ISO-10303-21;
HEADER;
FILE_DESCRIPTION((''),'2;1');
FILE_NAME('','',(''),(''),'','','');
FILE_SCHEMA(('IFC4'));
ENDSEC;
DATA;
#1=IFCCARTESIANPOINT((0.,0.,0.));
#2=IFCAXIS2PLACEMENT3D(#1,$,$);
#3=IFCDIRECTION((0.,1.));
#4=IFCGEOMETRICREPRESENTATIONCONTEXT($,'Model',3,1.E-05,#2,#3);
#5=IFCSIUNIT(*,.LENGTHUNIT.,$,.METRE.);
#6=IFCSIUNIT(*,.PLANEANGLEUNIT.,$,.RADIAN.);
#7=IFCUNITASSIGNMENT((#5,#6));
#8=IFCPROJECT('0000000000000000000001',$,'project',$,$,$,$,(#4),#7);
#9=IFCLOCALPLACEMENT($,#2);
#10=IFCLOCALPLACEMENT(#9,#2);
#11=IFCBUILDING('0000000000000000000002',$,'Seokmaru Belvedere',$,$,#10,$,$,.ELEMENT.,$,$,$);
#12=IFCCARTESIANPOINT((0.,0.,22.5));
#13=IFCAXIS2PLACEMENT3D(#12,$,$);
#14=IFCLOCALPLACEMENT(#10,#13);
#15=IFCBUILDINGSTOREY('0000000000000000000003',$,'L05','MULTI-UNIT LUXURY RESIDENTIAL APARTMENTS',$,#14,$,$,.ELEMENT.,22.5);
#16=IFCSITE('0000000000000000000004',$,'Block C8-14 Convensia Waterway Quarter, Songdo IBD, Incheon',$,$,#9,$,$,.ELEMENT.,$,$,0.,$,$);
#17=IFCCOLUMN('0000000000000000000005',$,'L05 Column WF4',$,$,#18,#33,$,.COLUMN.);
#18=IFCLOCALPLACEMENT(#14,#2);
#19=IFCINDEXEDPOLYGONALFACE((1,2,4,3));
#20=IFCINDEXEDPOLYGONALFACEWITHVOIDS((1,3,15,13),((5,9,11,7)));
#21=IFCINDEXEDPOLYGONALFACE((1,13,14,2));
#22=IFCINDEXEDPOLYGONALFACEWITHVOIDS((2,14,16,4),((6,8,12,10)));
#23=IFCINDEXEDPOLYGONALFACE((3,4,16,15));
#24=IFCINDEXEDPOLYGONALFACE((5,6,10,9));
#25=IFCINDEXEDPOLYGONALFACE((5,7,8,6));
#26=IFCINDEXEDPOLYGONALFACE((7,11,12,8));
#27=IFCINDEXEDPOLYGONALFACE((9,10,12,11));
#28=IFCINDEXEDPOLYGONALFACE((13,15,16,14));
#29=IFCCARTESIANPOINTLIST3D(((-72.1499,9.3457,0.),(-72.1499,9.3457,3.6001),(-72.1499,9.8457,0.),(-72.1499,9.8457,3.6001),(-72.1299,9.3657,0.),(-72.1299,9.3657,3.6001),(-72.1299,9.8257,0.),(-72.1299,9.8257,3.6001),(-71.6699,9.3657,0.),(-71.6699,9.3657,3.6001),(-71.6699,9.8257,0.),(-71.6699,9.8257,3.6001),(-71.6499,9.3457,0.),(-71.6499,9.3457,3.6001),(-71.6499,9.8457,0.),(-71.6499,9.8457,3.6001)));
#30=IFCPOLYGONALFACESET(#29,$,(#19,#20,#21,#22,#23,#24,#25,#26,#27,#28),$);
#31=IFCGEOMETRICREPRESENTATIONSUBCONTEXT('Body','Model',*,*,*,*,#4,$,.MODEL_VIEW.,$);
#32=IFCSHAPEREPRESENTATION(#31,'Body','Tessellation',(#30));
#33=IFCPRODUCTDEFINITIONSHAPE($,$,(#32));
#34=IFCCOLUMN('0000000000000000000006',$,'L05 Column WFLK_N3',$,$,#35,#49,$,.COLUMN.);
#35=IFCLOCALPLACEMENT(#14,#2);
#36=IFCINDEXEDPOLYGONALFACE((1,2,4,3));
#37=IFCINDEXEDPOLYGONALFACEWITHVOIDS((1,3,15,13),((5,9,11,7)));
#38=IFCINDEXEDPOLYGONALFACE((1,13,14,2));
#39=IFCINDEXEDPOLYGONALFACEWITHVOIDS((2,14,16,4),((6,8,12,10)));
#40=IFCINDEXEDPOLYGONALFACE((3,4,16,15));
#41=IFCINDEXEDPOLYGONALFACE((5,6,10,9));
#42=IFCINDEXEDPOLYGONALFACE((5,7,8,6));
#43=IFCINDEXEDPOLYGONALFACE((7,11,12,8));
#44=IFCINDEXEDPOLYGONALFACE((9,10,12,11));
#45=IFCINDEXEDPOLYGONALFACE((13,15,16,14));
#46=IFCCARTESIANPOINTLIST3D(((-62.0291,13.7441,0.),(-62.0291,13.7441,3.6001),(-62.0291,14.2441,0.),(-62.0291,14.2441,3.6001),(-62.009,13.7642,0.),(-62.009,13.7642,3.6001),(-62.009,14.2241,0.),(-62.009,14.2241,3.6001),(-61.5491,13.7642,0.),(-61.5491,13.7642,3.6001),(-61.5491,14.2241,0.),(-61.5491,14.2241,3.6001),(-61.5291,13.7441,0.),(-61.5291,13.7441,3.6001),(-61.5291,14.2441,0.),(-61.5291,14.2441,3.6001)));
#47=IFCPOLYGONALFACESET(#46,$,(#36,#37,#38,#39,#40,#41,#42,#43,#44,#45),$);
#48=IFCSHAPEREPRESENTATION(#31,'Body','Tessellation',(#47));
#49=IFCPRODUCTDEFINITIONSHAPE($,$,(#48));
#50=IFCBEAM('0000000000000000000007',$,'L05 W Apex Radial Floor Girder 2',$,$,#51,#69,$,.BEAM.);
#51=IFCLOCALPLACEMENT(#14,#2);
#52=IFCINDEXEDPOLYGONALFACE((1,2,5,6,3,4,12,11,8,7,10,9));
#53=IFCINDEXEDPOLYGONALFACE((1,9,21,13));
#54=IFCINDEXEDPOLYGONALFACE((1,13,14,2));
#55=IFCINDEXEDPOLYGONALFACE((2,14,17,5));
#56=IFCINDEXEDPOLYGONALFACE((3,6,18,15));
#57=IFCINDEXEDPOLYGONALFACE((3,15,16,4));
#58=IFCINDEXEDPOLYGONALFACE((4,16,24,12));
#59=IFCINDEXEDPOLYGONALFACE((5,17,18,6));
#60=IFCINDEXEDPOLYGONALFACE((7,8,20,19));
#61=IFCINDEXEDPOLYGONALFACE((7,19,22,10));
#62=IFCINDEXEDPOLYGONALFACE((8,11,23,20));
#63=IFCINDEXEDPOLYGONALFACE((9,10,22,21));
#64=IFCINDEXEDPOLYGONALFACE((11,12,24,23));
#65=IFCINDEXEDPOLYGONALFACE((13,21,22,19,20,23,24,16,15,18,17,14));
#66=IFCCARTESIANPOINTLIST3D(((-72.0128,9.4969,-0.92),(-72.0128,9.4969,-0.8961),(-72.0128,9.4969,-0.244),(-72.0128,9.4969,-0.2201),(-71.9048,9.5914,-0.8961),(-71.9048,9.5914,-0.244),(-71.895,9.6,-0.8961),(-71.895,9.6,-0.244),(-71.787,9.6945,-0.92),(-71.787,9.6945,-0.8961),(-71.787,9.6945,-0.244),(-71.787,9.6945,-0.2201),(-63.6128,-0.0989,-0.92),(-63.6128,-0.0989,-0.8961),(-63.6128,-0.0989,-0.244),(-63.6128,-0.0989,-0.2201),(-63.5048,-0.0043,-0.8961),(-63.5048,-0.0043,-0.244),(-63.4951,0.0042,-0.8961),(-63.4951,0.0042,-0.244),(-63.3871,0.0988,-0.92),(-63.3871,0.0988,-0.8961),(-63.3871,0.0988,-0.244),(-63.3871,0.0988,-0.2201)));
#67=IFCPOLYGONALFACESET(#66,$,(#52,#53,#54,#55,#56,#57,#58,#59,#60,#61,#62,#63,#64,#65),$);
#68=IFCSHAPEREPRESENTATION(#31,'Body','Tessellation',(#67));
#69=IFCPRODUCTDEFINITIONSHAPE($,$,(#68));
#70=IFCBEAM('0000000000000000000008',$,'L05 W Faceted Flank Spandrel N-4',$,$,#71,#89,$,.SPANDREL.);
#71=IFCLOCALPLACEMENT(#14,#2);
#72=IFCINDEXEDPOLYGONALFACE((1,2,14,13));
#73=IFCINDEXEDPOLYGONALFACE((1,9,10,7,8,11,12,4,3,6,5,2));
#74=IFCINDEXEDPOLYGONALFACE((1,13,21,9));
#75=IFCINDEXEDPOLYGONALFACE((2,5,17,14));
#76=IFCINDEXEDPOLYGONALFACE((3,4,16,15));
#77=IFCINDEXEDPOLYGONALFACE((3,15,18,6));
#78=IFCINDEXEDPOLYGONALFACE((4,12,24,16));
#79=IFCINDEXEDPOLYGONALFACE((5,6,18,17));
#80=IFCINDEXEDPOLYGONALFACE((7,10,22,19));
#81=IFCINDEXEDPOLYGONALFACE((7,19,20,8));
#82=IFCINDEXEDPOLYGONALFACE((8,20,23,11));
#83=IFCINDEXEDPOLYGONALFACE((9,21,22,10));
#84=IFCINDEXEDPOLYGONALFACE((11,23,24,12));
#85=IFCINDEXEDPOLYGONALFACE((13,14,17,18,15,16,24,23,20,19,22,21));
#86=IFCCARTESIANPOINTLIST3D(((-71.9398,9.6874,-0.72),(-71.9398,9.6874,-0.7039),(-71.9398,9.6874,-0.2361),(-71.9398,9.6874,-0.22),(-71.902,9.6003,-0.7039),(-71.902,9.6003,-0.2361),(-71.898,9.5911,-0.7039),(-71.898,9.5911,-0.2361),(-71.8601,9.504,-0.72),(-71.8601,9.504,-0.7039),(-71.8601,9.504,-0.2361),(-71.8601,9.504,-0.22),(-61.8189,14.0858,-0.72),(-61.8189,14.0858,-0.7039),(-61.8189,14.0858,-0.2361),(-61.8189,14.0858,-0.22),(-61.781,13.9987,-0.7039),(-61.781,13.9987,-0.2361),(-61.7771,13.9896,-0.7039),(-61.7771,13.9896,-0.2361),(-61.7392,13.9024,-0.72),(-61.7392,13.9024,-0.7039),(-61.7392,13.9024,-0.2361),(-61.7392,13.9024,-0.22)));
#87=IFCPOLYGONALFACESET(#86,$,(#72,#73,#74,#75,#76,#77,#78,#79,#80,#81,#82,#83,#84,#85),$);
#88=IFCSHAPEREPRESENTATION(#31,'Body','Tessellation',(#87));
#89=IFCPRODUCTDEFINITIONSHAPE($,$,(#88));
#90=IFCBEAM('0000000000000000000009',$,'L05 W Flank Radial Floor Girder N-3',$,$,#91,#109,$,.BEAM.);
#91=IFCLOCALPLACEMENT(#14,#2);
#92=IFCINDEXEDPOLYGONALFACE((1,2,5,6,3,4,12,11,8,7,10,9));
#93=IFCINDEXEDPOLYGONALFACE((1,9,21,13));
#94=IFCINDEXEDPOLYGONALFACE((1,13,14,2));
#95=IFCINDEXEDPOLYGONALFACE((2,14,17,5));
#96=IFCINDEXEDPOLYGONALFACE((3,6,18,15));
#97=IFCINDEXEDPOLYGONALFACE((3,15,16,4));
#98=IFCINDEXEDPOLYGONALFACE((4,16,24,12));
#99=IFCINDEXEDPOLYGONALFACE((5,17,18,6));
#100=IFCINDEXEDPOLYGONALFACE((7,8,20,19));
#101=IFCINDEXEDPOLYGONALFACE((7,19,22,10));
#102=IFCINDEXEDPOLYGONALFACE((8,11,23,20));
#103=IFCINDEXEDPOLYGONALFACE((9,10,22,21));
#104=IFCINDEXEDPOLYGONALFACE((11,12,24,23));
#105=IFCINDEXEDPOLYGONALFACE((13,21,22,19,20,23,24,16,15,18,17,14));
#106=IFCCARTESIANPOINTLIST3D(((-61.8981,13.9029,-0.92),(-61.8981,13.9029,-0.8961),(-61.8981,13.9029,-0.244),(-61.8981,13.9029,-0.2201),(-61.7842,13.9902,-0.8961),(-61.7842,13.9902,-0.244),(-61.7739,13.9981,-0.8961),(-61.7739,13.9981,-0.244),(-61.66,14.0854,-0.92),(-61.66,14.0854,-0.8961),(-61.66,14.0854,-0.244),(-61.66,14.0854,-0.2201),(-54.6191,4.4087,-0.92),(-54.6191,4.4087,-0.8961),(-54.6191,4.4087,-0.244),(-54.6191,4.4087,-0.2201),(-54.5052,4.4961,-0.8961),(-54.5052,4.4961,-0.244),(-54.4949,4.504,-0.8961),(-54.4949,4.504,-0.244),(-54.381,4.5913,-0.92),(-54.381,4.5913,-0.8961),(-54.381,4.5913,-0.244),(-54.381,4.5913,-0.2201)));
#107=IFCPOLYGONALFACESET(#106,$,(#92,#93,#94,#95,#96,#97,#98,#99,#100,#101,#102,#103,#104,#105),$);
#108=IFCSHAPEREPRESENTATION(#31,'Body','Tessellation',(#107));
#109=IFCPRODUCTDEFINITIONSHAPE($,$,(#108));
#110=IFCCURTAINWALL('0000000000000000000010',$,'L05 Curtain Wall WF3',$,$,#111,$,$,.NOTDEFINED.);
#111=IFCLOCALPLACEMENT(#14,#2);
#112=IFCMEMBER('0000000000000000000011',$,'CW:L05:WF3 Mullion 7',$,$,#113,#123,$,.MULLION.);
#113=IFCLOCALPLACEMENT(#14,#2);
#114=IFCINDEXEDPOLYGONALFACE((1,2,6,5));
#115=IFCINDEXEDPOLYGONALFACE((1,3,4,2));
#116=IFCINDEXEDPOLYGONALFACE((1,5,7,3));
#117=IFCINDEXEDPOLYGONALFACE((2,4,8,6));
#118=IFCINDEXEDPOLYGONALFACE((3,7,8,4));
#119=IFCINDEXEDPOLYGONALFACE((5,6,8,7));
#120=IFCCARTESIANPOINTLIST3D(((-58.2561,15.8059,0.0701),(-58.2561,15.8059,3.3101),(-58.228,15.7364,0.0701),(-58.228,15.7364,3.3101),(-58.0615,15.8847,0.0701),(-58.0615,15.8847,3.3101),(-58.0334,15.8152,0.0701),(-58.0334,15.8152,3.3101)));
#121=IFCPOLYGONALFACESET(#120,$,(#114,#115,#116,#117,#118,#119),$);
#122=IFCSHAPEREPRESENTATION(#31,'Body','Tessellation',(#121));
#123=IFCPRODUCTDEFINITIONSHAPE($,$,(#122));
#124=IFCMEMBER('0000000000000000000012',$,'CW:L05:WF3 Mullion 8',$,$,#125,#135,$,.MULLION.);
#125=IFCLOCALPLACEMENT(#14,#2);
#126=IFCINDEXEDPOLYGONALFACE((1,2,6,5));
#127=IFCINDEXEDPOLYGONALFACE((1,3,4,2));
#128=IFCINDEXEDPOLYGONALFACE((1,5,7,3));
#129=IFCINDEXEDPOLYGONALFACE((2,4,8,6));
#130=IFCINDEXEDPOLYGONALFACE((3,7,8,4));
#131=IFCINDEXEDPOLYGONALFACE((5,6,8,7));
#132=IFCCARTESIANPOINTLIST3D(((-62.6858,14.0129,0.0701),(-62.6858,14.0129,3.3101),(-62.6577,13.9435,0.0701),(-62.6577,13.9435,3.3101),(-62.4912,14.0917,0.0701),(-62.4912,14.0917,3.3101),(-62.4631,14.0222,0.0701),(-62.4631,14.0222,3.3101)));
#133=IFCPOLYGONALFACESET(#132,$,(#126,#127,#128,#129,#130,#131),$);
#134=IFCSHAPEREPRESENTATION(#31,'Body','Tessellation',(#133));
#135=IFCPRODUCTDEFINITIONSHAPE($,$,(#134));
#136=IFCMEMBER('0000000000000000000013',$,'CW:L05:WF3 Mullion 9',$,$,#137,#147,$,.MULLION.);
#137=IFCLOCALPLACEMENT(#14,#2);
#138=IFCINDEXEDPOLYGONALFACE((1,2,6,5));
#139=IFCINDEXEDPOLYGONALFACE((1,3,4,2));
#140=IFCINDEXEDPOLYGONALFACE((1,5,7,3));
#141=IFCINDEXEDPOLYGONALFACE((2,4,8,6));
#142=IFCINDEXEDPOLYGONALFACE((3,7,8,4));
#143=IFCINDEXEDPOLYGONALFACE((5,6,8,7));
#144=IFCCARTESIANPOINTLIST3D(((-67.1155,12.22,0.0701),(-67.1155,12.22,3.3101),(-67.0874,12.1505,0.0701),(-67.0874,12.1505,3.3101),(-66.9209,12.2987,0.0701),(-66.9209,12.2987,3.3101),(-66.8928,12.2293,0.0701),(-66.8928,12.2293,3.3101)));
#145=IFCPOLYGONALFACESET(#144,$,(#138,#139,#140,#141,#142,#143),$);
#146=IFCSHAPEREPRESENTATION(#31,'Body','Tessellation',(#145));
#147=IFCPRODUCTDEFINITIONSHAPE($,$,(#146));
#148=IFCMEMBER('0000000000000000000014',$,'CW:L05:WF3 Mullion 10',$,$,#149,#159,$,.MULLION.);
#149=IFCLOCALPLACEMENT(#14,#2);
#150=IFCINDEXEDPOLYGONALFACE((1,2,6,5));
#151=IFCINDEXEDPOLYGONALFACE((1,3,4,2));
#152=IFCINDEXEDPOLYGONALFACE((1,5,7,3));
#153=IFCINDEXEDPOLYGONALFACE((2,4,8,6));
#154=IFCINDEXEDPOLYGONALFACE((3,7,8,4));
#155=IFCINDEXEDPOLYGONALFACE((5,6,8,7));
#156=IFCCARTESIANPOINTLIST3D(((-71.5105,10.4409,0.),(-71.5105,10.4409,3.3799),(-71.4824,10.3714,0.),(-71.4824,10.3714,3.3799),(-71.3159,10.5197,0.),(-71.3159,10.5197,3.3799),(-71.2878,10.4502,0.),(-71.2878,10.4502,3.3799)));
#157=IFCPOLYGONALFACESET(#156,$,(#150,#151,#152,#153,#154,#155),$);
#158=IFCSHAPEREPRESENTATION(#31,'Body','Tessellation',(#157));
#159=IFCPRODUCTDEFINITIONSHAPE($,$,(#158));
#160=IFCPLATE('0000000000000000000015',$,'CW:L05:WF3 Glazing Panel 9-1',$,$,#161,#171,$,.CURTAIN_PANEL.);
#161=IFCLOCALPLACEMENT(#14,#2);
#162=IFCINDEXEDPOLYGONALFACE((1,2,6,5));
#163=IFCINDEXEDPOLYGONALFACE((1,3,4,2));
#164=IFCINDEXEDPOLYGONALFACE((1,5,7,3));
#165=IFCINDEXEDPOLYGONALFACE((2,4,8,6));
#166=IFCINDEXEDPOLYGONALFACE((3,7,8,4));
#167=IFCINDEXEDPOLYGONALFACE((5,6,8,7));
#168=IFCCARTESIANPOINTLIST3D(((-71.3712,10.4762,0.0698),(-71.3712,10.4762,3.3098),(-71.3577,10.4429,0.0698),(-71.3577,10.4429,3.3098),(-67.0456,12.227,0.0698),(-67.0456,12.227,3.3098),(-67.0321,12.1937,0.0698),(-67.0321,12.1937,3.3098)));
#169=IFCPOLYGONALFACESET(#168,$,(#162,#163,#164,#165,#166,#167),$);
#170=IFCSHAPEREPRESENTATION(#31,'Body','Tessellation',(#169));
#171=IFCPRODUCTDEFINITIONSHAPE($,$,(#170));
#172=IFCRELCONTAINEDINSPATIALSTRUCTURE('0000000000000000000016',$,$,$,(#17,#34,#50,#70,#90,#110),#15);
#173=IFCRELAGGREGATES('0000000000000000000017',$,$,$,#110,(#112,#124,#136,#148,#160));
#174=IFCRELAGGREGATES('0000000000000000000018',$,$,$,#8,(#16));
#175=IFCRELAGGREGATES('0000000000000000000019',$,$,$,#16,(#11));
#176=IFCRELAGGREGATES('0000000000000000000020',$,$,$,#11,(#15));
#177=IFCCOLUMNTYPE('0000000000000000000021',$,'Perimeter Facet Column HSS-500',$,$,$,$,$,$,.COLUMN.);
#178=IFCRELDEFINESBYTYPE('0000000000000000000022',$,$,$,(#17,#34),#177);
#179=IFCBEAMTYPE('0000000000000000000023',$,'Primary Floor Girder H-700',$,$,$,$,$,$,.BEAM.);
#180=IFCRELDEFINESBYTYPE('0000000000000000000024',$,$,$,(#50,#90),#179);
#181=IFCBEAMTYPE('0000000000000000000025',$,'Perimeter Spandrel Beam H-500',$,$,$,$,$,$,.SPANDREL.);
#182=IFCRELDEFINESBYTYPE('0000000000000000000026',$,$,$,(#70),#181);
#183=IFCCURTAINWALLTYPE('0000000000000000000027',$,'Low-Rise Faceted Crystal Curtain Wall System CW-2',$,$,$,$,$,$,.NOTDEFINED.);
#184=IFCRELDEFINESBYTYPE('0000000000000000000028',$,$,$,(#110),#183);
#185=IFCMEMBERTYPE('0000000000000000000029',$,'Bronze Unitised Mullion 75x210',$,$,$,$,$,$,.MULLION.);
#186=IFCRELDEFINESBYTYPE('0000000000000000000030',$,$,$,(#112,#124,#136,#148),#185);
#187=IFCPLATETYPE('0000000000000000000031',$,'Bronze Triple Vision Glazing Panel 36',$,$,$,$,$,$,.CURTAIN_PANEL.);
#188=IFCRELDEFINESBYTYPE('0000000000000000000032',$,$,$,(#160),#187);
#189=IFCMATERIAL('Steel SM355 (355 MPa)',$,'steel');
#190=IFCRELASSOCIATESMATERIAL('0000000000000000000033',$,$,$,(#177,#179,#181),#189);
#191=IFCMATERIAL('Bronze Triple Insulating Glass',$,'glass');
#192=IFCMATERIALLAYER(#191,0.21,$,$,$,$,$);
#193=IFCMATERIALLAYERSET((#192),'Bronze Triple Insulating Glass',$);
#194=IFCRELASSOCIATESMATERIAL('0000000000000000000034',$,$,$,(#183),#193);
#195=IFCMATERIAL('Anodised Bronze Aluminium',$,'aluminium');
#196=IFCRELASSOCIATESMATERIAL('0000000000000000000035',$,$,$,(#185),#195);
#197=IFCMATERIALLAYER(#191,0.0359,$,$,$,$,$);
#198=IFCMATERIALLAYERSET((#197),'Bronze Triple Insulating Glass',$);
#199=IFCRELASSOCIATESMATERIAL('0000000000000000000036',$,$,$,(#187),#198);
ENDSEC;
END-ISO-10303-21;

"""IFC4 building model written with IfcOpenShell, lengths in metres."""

from ifc_helpers import new_model, si_unit, direction, frame, origin, origin_2d, place, context, subcontext, project, spatial, rectangle, hollow_rectangle, i_section, extrude, source, transform, mapped, material, layer, layer_set, material_profile, profile_set, type_object, type_shapes, element, aggregate, save


model = new_model("IFC4")

# Units and contexts
model_context = context("Model", 3, precision=1e-05, world=origin(), true_north=direction((0.0, 1.0)))
body_context = subcontext(model_context, "Body", "Model", "MODEL_VIEW")
ifc_project = project(units=[si_unit("LENGTHUNIT", "METRE"), si_unit("PLANEANGLEUNIT", "RADIAN")], contexts=[model_context])

# Site, building, storey
site_placement = place(None, origin())
site = spatial("IfcSite", under=ifc_project, at=site_placement, Name="Block C8-14 Convensia Waterway Quarter, Songdo IBD, Incheon", CompositionType="ELEMENT", RefElevation=0.0)
building_placement = place(site_placement, origin())
building = spatial("IfcBuilding", under=site, at=building_placement, Name="Seokmaru Belvedere", CompositionType="ELEMENT")
storey_placement = place(building_placement, frame((0.0, 0.0, 22.5)))
storey = spatial("IfcBuildingStorey", under=building, at=storey_placement, Name="L05", Description="MULTI-UNIT LUXURY RESIDENTIAL APARTMENTS", CompositionType="ELEMENT", Elevation=22.5)

# Columns
ifc_material_1 = material(Name="Steel SM355 (355 MPa)", Category="steel")
ifc_material_profile_1 = material_profile(ifc_material_1, hollow_rectangle(XDim=0.5, YDim=0.5, WallThickness=0.02, at=origin_2d()), Name="HSS-500x500x20")
ifc_profile_set_1 = profile_set([ifc_material_profile_1], Name="Steel SM355 (355 MPa)")
column_type = type_object("IfcColumnType", Name="Perimeter Facet Column HSS-500", PredefinedType="COLUMN", material=ifc_profile_set_1)
shared_shape_1 = source(origin(), body_context, "Body", "SweptSolid", [
    extrude(hollow_rectangle(XDim=0.5, YDim=0.5, WallThickness=0.02, at=origin_2d()), origin(), (0.0, 0.0, 1.0), 3.6001),
])
type_shapes(column_type, [shared_shape_1])
for number, where, z_axis, x_axis, name in (
    (1, (-71.8999, 9.5957, 0.0), (0.0, 0.0, 1.0), (1.0, 0.0, 0.0), "L05 Column WF4"),
    (2, (-61.7791, 13.9941, 0.0), (0.0, 0.0, 1.0), (1.0, 0.0, 0.0), "L05 Column WFLK_N3"),
):
    element("IfcColumn", number, at=place(storey_placement, frame(where, z_axis=z_axis, x_axis=x_axis)), inside=storey, type_object=column_type, Name=name, PredefinedType="COLUMN", context=body_context, shape_type="MappedRepresentation", body=[
        mapped(shared_shape_1, transform((0.0, 0.0, 0.0), scale=1.0)),
    ])

# Beams
ifc_material_profile_2 = material_profile(ifc_material_1, i_section(OverallWidth=0.3, OverallDepth=0.7, WebThickness=0.0129, FlangeThickness=0.0239, at=origin_2d()), Name="H-700x300x13x24")
ifc_profile_set_2 = profile_set([ifc_material_profile_2], Name="Steel SM355 (355 MPa)")
beam_type_1 = type_object("IfcBeamType", Name="Primary Floor Girder H-700", PredefinedType="BEAM", material=ifc_profile_set_2)
shared_shape_2 = source(origin(), body_context, "Body", "SweptSolid", [
    extrude(i_section(OverallWidth=0.3, OverallDepth=0.7, WebThickness=0.0129, FlangeThickness=0.0239, at=origin_2d()), origin(), (0.0, 0.0, 1.0), 12.7529),
])
beam_1_placement = place(storey_placement, frame((-71.8999, 9.5957, -0.5701), z_axis=(0.658667, -0.752434, 0.0), x_axis=(0.752434, 0.658667, 0.0)))
element("IfcBeam", 3, at=beam_1_placement, inside=storey, type_object=beam_type_1, Name="L05 W Apex Radial Floor Girder 2", PredefinedType="BEAM", context=body_context, shape_type="MappedRepresentation", body=[
    mapped(shared_shape_2, transform((0.0, 0.0, 0.0), scale=1.0)),
])
ifc_material_profile_3 = material_profile(ifc_material_1, i_section(OverallWidth=0.2, OverallDepth=0.5, WebThickness=0.01, FlangeThickness=0.0161, at=origin_2d()), Name="H-500x200x10x16")
ifc_profile_set_3 = profile_set([ifc_material_profile_3], Name="Steel SM355 (355 MPa)")
beam_type_2 = type_object("IfcBeamType", Name="Perimeter Spandrel Beam H-500", PredefinedType="SPANDREL", material=ifc_profile_set_3)
shared_shape_3 = source(origin(), body_context, "Body", "SweptSolid", [
    extrude(i_section(OverallWidth=0.2, OverallDepth=0.5, WebThickness=0.01, FlangeThickness=0.0161, at=origin_2d()), origin(), (0.0, 0.0, 1.0), 11.0354),
])
type_shapes(beam_type_2, [shared_shape_3])
beam_2_placement = place(storey_placement, frame((-61.7791, 13.9941, -0.47), z_axis=(-0.917134, -0.398579, 0.0), x_axis=(0.398579, -0.917134, 0.0)))
element("IfcBeam", 4, at=beam_2_placement, inside=storey, type_object=beam_type_2, Name="L05 W Faceted Flank Spandrel N-4", PredefinedType="SPANDREL", context=body_context, shape_type="MappedRepresentation", body=[
    mapped(shared_shape_3, transform((0.0, 0.0, 0.0), scale=1.0)),
])
shared_shape_4 = source(origin(), body_context, "Body", "SweptSolid", [
    extrude(i_section(OverallWidth=0.3, OverallDepth=0.7, WebThickness=0.0129, FlangeThickness=0.0239, at=origin_2d()), origin(), (0.0, 0.0, 1.0), 11.9634),
])
type_shapes(beam_type_1, [shared_shape_2, shared_shape_4])
beam_3_placement = place(storey_placement, frame((-61.7791, 13.9941, -0.5701), z_axis=(0.608443, -0.793598, 0.0), x_axis=(0.793598, 0.608443, 0.0)))
element("IfcBeam", 5, at=beam_3_placement, inside=storey, type_object=beam_type_1, Name="L05 W Flank Radial Floor Girder N-3", PredefinedType="BEAM", context=body_context, shape_type="MappedRepresentation", body=[
    mapped(shared_shape_4, transform((0.0, 0.0, 0.0), scale=1.0)),
])

# Curtain wall, members, plate
ifc_material_2 = material(Name="Bronze Triple Insulating Glass", Category="glass")
ifc_layer_1 = layer(ifc_material_2, 0.21)
ifc_layer_set_1 = layer_set([ifc_layer_1], Name="Bronze Triple Insulating Glass")
curtain_wall_type = type_object("IfcCurtainWallType", Name="Low-Rise Faceted Crystal Curtain Wall System CW-2", PredefinedType="NOTDEFINED", material=ifc_layer_set_1)
curtain_wall_placement = place(storey_placement, origin())
curtain_wall = element("IfcCurtainWall", 6, at=curtain_wall_placement, inside=storey, type_object=curtain_wall_type, Name="L05 Curtain Wall WF3", PredefinedType="NOTDEFINED")
ifc_material_3 = material(Name="Anodised Bronze Aluminium", Category="aluminium")
ifc_material_profile_4 = material_profile(ifc_material_3, rectangle(XDim=0.075, YDim=0.21, at=origin_2d()), Name="CW-M-75x210")
ifc_profile_set_4 = profile_set([ifc_material_profile_4], Name="Anodised Bronze Aluminium")
member_type = type_object("IfcMemberType", Name="Bronze Unitised Mullion 75x210", PredefinedType="MULLION", material=ifc_profile_set_4)
shared_shape_5 = source(origin(), body_context, "Body", "SweptSolid", [
    extrude(rectangle(XDim=0.075, YDim=0.21, at=origin_2d()), origin(), (0.0, 0.0, 1.0), 3.24),
])
member_1_placement = place(storey_placement, frame((-58.1448, 15.8105, 0.0701), z_axis=(0.0, 0.0, 1.0), x_axis=(0.375192, -0.926947, 0.0)))
member_1 = element("IfcMember", 7, at=member_1_placement, type_object=member_type, Name="CW:L05:WF3 Mullion 7", PredefinedType="MULLION", context=body_context, shape_type="MappedRepresentation", body=[
    mapped(shared_shape_5, transform((0.0, 0.0, 0.0), scale=1.0)),
])
member_2_placement = place(storey_placement, frame((-62.5745, 14.0176, 0.0701), z_axis=(0.0, 0.0, 1.0), x_axis=(0.375192, -0.926947, 0.0)))
member_2 = element("IfcMember", 8, at=member_2_placement, type_object=member_type, Name="CW:L05:WF3 Mullion 8", PredefinedType="MULLION", context=body_context, shape_type="MappedRepresentation", body=[
    mapped(shared_shape_5, transform((0.0, 0.0, 0.0), scale=1.0)),
])
member_3_placement = place(storey_placement, frame((-67.0042, 12.2246, 0.0701), z_axis=(0.0, 0.0, 1.0), x_axis=(0.375192, -0.926947, 0.0)))
member_3 = element("IfcMember", 9, at=member_3_placement, type_object=member_type, Name="CW:L05:WF3 Mullion 9", PredefinedType="MULLION", context=body_context, shape_type="MappedRepresentation", body=[
    mapped(shared_shape_5, transform((0.0, 0.0, 0.0), scale=1.0)),
])
shared_shape_6 = source(origin(), body_context, "Body", "SweptSolid", [
    extrude(rectangle(XDim=0.075, YDim=0.21, at=origin_2d()), origin(), (0.0, 0.0, 1.0), 3.3799),
])
type_shapes(member_type, [shared_shape_5, shared_shape_6])
member_4_placement = place(storey_placement, frame((-71.3992, 10.4456, 0.0), z_axis=(0.0, 0.0, 1.0), x_axis=(0.375192, -0.926947, 0.0)))
member_4 = element("IfcMember", 10, at=member_4_placement, type_object=member_type, Name="CW:L05:WF3 Mullion 10", PredefinedType="MULLION", context=body_context, shape_type="MappedRepresentation", body=[
    mapped(shared_shape_6, transform((0.0, 0.0, 0.0), scale=1.0)),
])
ifc_layer_2 = layer(ifc_material_2, 0.0359)
ifc_layer_set_2 = layer_set([ifc_layer_2], Name="Bronze Triple Insulating Glass")
plate_type = type_object("IfcPlateType", Name="Bronze Triple Vision Glazing Panel 36", PredefinedType="CURTAIN_PANEL", material=ifc_layer_set_2)
shared_shape_7 = source(origin(), body_context, "Body", "SweptSolid", [
    extrude(rectangle(XDim=4.6665, YDim=0.0359, at=origin_2d()), origin(), (0.0, 0.0, 1.0), 3.24),
])
plate_1_placement = place(storey_placement, frame((-69.2017, 11.335, 0.0698), z_axis=(0.0, 0.0, 1.0), x_axis=(-0.926947, -0.375192, 0.0)))
plate_1 = element("IfcPlate", 11, at=plate_1_placement, type_object=plate_type, Name="CW:L05:WF3 Glazing Panel 9-1", PredefinedType="CURTAIN_PANEL", context=body_context, shape_type="MappedRepresentation", body=[
    mapped(shared_shape_7, transform((0.0, 0.0, 0.0), scale=1.0)),
])
aggregate(curtain_wall, [member_1, member_2, member_3, member_4, plate_1])

save(model, "model.ifc")
